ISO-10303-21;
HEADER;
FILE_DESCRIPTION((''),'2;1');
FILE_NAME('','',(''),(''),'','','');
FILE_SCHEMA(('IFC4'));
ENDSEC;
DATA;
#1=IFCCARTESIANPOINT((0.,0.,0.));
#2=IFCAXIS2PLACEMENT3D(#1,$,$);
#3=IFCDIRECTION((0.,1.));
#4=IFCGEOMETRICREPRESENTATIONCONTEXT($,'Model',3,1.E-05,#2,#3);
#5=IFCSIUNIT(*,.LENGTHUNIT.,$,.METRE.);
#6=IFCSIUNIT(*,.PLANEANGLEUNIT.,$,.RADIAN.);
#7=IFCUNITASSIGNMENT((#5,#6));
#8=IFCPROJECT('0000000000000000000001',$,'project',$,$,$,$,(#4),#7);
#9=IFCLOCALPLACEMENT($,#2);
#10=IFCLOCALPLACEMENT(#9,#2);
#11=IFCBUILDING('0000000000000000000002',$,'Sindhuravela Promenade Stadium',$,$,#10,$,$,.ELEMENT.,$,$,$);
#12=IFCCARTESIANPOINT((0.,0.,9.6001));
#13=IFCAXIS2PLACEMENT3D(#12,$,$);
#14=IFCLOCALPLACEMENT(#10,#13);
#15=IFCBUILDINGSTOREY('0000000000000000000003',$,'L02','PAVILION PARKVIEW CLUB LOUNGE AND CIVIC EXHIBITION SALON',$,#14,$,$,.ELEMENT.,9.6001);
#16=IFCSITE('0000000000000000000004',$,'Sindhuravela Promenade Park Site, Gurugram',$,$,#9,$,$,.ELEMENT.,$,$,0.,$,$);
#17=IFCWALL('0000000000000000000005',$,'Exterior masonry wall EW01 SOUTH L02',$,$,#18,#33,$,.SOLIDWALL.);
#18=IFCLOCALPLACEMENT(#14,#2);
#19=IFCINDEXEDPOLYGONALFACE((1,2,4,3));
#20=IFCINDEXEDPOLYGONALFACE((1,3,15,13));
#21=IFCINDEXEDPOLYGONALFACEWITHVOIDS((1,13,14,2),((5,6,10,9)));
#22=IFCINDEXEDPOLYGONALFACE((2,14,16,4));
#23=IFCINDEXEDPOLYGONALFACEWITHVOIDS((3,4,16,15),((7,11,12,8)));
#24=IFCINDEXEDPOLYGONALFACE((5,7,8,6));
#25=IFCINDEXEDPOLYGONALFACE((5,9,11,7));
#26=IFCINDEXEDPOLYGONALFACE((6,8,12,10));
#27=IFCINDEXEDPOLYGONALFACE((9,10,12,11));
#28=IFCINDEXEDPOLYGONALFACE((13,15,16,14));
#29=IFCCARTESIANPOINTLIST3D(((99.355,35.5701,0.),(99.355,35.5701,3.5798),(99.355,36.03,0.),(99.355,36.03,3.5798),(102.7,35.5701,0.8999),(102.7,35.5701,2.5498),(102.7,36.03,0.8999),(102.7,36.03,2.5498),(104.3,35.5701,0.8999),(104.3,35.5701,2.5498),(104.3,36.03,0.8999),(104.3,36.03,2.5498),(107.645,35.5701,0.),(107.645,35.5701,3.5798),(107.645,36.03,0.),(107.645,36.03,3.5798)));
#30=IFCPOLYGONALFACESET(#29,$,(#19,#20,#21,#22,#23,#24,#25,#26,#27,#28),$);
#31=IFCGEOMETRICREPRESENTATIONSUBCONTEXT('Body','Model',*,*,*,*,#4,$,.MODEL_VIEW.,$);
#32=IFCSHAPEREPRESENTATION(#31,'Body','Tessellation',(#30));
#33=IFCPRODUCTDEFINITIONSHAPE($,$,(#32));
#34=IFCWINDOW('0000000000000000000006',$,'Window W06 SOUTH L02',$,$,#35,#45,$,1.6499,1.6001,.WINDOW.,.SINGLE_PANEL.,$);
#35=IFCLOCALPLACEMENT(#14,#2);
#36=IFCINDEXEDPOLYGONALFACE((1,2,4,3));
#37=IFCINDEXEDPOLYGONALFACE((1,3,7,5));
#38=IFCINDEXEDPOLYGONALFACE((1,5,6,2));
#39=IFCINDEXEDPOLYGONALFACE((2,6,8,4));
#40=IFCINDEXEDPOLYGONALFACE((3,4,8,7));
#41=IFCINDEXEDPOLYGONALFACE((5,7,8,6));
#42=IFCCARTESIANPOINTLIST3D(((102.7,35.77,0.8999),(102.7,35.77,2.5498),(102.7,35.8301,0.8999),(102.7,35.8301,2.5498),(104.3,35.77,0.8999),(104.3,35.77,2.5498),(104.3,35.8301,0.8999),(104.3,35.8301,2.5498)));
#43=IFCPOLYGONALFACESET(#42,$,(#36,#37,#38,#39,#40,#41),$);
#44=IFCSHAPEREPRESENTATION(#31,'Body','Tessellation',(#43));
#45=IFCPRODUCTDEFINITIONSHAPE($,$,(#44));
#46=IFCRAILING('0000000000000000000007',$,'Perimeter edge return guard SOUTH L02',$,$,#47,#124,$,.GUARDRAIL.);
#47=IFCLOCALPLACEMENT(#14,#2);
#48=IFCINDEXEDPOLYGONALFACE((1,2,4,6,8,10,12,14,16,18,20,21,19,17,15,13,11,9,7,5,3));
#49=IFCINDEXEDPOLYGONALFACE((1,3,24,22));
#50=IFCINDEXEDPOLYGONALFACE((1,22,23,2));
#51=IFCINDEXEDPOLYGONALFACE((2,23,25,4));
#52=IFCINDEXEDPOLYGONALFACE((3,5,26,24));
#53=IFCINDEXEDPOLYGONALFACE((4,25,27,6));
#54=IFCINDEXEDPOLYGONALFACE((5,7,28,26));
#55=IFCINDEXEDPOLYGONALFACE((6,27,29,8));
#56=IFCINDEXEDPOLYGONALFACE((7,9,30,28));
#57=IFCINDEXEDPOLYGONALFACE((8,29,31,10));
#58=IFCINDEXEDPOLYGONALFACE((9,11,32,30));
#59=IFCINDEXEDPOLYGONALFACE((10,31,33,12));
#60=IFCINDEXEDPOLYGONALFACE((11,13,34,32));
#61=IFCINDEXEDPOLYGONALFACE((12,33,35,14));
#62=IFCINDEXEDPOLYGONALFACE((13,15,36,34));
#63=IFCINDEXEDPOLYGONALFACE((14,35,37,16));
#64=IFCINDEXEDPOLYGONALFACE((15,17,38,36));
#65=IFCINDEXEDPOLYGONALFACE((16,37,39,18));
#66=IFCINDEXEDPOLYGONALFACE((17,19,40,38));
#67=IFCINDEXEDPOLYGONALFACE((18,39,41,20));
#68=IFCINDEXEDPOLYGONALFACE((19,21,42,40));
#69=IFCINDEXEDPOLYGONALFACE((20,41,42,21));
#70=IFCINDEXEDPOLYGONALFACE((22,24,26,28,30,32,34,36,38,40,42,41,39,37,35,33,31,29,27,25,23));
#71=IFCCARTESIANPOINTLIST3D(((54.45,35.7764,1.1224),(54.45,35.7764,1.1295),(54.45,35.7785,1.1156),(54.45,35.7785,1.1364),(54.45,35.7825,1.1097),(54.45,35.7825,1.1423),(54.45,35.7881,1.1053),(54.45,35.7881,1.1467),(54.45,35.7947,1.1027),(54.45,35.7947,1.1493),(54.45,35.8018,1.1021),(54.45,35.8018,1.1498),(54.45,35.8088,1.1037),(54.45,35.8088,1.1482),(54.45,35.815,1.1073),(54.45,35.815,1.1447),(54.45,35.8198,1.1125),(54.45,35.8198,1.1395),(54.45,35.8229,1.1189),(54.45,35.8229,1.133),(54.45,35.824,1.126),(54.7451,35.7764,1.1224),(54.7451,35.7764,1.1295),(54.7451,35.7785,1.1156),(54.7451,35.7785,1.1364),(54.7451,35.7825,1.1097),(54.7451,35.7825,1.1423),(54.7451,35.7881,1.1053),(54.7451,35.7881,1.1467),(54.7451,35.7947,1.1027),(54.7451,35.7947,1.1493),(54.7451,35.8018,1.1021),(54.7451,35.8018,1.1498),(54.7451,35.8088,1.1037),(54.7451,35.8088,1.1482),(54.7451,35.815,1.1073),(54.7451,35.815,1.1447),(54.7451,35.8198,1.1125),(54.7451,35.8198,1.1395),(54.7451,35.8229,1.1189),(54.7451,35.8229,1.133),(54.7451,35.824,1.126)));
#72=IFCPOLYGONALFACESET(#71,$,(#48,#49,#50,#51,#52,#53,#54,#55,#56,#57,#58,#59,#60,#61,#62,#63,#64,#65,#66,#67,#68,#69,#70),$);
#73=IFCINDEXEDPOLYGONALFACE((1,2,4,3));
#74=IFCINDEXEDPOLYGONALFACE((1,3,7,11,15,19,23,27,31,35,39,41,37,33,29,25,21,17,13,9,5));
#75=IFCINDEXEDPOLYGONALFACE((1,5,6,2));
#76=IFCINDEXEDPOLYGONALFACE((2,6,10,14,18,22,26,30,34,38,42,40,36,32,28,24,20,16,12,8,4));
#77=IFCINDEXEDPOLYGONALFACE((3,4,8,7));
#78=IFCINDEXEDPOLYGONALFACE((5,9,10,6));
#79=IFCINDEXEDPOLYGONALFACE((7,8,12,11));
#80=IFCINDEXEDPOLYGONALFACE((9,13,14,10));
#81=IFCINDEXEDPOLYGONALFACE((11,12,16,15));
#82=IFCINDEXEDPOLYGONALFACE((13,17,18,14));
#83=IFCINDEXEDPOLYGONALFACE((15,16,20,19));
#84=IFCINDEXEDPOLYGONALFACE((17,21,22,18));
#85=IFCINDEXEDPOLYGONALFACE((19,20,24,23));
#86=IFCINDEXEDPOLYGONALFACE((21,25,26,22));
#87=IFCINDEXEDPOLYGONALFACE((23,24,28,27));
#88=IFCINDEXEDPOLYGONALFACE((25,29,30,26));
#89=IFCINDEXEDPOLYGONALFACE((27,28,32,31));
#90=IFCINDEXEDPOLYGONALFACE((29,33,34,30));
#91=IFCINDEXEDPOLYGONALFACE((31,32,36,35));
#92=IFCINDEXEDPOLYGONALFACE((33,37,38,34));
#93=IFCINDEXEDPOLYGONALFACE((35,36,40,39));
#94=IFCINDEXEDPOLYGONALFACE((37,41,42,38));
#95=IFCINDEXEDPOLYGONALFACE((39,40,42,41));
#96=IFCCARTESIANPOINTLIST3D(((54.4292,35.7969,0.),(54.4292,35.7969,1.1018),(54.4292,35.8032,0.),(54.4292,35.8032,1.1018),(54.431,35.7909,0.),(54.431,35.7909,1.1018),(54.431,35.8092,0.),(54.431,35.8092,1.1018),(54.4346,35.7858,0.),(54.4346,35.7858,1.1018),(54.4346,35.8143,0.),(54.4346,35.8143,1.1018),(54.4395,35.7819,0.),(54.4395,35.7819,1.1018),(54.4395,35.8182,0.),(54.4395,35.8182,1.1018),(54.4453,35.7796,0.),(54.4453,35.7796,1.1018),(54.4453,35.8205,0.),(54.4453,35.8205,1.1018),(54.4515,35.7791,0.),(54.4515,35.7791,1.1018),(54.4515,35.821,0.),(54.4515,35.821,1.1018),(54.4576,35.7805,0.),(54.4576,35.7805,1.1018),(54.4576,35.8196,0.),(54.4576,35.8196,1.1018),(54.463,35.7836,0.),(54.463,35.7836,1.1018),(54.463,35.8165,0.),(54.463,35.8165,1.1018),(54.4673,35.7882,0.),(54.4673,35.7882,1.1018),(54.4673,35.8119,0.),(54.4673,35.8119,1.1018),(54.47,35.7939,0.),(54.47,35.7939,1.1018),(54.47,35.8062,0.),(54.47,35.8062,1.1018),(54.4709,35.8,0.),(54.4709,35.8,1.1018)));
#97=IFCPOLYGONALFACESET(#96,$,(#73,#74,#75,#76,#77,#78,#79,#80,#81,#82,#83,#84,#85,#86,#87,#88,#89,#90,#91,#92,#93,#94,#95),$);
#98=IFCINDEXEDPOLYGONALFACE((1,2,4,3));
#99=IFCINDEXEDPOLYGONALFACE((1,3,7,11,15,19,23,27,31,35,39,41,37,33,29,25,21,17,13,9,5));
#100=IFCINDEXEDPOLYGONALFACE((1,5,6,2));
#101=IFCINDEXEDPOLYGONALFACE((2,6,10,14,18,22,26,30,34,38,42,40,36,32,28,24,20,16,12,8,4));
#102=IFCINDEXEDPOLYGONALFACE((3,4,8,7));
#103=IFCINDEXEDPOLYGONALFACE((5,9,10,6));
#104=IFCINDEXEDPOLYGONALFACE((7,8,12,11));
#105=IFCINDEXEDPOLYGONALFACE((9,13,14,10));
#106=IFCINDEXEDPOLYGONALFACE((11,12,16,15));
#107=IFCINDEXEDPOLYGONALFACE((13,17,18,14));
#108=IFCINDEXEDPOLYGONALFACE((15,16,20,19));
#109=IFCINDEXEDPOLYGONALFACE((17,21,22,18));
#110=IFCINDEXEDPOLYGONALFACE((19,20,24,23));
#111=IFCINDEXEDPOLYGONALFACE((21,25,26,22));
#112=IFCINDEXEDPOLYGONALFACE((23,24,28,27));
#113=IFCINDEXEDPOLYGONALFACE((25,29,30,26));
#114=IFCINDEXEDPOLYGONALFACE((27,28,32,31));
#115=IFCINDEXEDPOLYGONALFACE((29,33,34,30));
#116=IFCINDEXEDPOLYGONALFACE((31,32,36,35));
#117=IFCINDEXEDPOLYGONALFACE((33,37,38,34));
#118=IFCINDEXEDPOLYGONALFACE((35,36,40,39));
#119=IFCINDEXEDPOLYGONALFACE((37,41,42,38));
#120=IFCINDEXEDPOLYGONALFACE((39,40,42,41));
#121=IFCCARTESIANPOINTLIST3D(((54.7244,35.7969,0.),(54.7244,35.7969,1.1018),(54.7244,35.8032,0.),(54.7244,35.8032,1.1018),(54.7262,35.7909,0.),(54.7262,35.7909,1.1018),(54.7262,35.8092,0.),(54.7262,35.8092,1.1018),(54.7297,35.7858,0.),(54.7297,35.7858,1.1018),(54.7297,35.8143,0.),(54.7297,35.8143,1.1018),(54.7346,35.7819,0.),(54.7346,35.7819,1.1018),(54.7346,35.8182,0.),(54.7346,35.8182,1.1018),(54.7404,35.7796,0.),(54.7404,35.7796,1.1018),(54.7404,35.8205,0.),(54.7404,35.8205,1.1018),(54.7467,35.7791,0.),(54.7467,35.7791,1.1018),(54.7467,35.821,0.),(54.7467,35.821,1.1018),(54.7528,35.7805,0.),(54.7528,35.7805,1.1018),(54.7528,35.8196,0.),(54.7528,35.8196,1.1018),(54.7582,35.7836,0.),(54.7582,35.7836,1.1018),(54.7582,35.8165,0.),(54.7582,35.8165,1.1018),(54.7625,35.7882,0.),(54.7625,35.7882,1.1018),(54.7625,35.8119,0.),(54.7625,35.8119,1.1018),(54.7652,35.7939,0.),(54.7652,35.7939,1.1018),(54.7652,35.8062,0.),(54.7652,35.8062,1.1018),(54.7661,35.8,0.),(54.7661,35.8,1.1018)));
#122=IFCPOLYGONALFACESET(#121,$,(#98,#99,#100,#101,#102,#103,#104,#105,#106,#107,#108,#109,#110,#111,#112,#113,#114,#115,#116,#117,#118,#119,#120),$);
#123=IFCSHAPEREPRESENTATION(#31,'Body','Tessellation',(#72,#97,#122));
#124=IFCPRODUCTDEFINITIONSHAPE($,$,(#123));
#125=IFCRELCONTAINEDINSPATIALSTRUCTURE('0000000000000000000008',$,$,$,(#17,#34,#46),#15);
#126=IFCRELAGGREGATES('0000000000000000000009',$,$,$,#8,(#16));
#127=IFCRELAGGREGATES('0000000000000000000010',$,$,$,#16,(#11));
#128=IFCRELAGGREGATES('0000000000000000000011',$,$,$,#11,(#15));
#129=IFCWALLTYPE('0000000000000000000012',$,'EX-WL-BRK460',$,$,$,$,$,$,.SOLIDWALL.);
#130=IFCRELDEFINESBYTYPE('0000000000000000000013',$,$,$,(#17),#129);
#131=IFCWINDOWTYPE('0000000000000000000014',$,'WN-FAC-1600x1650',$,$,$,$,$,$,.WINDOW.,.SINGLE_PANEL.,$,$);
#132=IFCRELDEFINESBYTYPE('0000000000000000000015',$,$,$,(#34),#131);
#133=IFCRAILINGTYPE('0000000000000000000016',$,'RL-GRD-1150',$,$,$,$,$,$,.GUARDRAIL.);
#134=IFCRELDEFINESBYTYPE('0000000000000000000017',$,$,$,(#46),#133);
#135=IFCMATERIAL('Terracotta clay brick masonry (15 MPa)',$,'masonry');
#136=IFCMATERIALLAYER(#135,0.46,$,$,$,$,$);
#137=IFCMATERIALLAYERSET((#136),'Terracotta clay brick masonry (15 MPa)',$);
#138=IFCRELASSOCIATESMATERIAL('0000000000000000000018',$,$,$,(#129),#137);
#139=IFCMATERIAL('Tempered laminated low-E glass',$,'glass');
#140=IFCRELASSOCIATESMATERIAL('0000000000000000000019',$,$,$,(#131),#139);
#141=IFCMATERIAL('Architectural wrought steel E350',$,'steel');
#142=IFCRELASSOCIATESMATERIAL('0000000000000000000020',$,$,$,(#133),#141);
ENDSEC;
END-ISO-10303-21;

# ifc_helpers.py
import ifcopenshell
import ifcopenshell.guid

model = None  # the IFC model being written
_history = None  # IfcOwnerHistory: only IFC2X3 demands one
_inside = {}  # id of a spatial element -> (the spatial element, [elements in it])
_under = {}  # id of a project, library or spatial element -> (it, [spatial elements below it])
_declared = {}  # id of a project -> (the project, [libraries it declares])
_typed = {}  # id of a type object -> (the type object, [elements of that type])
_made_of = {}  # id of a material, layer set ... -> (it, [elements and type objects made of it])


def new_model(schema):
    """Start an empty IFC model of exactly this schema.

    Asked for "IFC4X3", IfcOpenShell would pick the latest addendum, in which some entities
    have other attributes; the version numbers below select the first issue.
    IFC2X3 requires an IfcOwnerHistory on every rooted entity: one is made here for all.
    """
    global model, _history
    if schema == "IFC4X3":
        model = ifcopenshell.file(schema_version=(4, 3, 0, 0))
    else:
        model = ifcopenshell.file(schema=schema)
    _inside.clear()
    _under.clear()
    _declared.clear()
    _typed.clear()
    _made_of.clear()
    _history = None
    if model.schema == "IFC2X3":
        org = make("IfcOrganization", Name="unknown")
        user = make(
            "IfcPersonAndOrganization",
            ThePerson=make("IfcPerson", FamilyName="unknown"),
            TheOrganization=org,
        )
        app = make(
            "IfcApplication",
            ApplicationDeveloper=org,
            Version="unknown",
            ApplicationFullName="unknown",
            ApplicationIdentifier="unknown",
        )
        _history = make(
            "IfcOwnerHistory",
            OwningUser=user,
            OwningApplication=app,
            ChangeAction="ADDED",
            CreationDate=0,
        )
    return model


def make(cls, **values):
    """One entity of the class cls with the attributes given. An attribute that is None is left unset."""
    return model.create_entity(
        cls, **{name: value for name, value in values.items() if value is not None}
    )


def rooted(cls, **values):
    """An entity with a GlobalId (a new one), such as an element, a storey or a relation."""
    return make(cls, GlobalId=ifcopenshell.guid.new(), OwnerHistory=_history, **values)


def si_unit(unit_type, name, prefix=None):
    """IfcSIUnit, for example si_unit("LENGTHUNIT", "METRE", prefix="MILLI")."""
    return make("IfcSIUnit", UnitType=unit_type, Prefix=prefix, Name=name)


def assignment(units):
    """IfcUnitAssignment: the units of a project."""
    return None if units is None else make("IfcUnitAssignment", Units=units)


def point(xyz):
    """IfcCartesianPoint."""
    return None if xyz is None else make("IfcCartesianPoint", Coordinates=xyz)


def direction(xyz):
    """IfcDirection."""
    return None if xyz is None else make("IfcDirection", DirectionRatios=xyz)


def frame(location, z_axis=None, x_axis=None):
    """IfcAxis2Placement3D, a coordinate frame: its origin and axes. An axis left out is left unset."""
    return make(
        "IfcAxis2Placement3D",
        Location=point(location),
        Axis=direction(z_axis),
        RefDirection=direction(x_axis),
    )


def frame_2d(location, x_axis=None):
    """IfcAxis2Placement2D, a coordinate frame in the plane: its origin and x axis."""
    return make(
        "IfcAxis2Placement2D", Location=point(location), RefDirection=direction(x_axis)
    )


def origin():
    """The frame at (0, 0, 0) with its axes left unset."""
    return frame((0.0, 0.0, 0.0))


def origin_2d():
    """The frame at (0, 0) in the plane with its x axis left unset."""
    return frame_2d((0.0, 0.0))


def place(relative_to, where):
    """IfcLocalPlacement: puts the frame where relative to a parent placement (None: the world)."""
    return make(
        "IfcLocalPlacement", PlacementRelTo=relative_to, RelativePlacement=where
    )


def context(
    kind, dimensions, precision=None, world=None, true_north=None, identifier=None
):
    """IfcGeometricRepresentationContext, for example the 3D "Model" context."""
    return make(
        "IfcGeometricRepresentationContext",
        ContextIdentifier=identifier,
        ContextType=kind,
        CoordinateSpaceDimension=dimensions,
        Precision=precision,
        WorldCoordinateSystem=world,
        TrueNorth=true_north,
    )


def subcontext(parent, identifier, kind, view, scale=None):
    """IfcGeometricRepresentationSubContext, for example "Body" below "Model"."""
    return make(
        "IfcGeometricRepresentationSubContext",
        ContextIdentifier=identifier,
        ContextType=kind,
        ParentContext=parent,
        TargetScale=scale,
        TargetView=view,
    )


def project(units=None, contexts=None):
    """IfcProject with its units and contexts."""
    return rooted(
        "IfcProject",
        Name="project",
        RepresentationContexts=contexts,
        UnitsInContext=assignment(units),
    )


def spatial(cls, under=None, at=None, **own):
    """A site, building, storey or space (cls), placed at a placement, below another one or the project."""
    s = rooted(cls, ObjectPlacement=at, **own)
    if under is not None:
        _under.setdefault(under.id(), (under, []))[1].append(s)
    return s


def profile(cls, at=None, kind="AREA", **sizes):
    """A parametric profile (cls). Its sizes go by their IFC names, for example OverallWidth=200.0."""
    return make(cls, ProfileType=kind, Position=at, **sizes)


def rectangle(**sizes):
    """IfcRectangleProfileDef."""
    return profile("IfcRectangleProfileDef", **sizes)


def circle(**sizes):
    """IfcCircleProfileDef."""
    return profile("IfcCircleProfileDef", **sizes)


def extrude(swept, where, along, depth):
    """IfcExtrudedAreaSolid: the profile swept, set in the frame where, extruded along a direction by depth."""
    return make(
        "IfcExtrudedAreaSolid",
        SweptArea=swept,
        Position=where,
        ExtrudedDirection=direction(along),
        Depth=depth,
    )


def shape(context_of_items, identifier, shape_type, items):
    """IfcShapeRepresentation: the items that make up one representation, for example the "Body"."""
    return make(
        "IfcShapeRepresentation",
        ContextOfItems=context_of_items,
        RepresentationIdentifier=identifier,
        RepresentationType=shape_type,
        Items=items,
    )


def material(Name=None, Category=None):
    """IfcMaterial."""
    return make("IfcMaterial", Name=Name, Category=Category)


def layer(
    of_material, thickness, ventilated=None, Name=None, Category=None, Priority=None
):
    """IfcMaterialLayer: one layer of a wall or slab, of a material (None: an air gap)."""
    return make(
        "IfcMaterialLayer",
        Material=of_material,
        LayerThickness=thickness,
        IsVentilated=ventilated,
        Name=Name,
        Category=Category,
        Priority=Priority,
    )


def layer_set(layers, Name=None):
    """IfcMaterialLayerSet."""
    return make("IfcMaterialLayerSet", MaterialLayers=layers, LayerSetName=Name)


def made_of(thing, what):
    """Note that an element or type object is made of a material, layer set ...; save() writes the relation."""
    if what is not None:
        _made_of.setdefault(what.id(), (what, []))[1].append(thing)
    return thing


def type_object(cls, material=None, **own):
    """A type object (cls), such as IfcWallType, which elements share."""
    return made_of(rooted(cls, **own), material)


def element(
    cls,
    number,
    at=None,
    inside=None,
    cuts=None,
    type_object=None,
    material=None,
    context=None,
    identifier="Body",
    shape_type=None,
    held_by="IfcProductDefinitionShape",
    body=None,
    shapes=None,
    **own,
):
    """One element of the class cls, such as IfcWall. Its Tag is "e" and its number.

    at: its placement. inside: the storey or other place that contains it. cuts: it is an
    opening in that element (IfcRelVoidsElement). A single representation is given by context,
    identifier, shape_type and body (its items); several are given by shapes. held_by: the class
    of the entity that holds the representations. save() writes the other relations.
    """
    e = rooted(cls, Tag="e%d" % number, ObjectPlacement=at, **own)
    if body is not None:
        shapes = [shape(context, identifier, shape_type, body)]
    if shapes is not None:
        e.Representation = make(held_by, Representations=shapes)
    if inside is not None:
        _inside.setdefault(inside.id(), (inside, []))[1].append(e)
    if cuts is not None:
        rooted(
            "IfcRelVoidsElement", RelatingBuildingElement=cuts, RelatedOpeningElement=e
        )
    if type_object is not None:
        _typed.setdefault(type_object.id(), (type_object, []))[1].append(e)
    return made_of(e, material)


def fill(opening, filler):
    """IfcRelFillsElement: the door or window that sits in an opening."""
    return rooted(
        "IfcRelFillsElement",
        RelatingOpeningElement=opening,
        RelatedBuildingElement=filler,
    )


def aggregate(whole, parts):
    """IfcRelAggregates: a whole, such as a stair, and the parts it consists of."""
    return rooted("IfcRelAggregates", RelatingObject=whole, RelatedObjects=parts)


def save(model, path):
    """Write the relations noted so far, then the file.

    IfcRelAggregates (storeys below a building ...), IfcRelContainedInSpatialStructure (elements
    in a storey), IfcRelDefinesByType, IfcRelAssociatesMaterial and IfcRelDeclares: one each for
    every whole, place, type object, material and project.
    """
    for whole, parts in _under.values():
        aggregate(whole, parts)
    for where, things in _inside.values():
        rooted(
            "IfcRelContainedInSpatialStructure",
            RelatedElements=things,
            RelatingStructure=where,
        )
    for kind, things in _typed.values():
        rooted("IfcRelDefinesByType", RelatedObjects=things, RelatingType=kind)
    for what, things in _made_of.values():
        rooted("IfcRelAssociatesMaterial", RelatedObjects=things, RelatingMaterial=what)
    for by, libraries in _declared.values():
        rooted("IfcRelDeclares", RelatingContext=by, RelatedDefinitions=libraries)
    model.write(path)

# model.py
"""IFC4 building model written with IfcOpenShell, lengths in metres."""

from ifc_helpers import new_model, si_unit, direction, frame, frame_2d, origin, origin_2d, place, context, subcontext, project, spatial, rectangle, circle, extrude, material, layer, layer_set, type_object, element, fill, save


model = new_model("IFC4")

# Units and contexts
model_context = context("Model", 3, precision=1e-05, world=origin(), true_north=direction((0.0, 1.0)))
body_context = subcontext(model_context, "Body", "Model", "MODEL_VIEW")
ifc_project = project(units=[si_unit("LENGTHUNIT", "METRE"), si_unit("PLANEANGLEUNIT", "RADIAN")], contexts=[model_context])

# Site, building, storey
site_placement = place(None, origin())
site = spatial("IfcSite", under=ifc_project, at=site_placement, Name="Sindhuravela Promenade Park Site, Gurugram", CompositionType="ELEMENT", RefElevation=0.0)
building_placement = place(site_placement, origin())
building = spatial("IfcBuilding", under=site, at=building_placement, Name="Sindhuravela Promenade Stadium", CompositionType="ELEMENT")
storey_placement = place(building_placement, frame((0.0, 0.0, 9.6001)))
storey = spatial("IfcBuildingStorey", under=building, at=storey_placement, Name="L02", Description="PAVILION PARKVIEW CLUB LOUNGE AND CIVIC EXHIBITION SALON", CompositionType="ELEMENT", Elevation=9.6001)

# Wall, opening, window
ifc_material_1 = material(Name="Terracotta clay brick masonry (15 MPa)", Category="masonry")
ifc_material_2 = material(Name="Tempered laminated low-E glass", Category="glass")
ifc_layer_1 = layer(ifc_material_1, 0.46)
ifc_layer_set_1 = layer_set([ifc_layer_1], Name="Terracotta clay brick masonry (15 MPa)")
wall_type_1 = type_object("IfcWallType", Name="EX-WL-BRK460", PredefinedType="SOLIDWALL", material=ifc_layer_set_1)
wall_1_placement = place(storey_placement, frame((99.355, 35.8, 0.0), z_axis=(0.0, 0.0, 1.0), x_axis=(1.0, 0.0, 0.0)))
wall_1 = element("IfcWall", 1, at=wall_1_placement, inside=storey, type_object=wall_type_1, Name="Exterior masonry wall EW01 SOUTH L02", PredefinedType="SOLIDWALL", context=body_context, shape_type="SweptSolid", body=[
    extrude(rectangle(XDim=8.29, YDim=0.46, at=frame_2d((4.145, 0.0))), origin(), (0.0, 0.0, 1.0), 3.5798),
])
opening_1_placement = place(wall_1_placement, frame((3.345, 0.0, 0.8999)))
opening_1 = element("IfcOpeningElement", 2, at=opening_1_placement, cuts=wall_1, PredefinedType="OPENING", context=body_context, shape_type="SweptSolid", body=[
    extrude(rectangle(XDim=1.6001, YDim=1.6499, at=frame_2d((0.8, 0.825))), frame((0.0, 0.24, 0.0), z_axis=(0.0, -1.0, 0.0), x_axis=(1.0, 0.0, 0.0)), (0.0, 0.0, 1.0), 0.48),
])
window_type_1 = type_object("IfcWindowType", Name="WN-FAC-1600x1650", PartitioningType="SINGLE_PANEL", PredefinedType="WINDOW", material=ifc_material_2)
window_1_placement = place(opening_1_placement, origin())
window_1 = element("IfcWindow", 3, at=window_1_placement, inside=storey, type_object=window_type_1, Name="Window W06 SOUTH L02", OverallHeight=1.6499, OverallWidth=1.6001, PartitioningType="SINGLE_PANEL", PredefinedType="WINDOW", context=body_context, shape_type="SweptSolid", body=[
    extrude(rectangle(XDim=1.6001, YDim=1.6499, at=frame_2d((0.8, 0.825))), frame((0.0, 0.03, 0.0), z_axis=(0.0, -1.0, 0.0), x_axis=(1.0, 0.0, 0.0)), (0.0, 0.0, 1.0), 0.0601),
])
fill(opening_1, window_1)

# Railing
ifc_material_3 = material(Name="Architectural wrought steel E350", Category="steel")
railing_type = type_object("IfcRailingType", Name="RL-GRD-1150", PredefinedType="GUARDRAIL", material=ifc_material_3)
railing_placement = place(storey_placement, frame((54.45, 35.8, 0.0)))
element("IfcRailing", 4, at=railing_placement, inside=storey, type_object=railing_type, Name="Perimeter edge return guard SOUTH L02", PredefinedType="GUARDRAIL", context=body_context, shape_type="SweptSolid", body=[
    extrude(circle(Radius=0.0239, at=origin_2d()), frame((0.0, 0.0, 1.126), z_axis=(1.0, 0.0, 0.0), x_axis=(0.0, 1.0, 0.0)), (0.0, 0.0, 1.0), 0.2952),
    extrude(circle(Radius=0.021, at=origin_2d()), origin(), (0.0, 0.0, 1.0), 1.1018),
    extrude(circle(Radius=0.021, at=origin_2d()), frame((0.2952, 0.0, 0.0)), (0.0, 0.0, 1.0), 1.1018),
])

save(model, "model.ifc")
